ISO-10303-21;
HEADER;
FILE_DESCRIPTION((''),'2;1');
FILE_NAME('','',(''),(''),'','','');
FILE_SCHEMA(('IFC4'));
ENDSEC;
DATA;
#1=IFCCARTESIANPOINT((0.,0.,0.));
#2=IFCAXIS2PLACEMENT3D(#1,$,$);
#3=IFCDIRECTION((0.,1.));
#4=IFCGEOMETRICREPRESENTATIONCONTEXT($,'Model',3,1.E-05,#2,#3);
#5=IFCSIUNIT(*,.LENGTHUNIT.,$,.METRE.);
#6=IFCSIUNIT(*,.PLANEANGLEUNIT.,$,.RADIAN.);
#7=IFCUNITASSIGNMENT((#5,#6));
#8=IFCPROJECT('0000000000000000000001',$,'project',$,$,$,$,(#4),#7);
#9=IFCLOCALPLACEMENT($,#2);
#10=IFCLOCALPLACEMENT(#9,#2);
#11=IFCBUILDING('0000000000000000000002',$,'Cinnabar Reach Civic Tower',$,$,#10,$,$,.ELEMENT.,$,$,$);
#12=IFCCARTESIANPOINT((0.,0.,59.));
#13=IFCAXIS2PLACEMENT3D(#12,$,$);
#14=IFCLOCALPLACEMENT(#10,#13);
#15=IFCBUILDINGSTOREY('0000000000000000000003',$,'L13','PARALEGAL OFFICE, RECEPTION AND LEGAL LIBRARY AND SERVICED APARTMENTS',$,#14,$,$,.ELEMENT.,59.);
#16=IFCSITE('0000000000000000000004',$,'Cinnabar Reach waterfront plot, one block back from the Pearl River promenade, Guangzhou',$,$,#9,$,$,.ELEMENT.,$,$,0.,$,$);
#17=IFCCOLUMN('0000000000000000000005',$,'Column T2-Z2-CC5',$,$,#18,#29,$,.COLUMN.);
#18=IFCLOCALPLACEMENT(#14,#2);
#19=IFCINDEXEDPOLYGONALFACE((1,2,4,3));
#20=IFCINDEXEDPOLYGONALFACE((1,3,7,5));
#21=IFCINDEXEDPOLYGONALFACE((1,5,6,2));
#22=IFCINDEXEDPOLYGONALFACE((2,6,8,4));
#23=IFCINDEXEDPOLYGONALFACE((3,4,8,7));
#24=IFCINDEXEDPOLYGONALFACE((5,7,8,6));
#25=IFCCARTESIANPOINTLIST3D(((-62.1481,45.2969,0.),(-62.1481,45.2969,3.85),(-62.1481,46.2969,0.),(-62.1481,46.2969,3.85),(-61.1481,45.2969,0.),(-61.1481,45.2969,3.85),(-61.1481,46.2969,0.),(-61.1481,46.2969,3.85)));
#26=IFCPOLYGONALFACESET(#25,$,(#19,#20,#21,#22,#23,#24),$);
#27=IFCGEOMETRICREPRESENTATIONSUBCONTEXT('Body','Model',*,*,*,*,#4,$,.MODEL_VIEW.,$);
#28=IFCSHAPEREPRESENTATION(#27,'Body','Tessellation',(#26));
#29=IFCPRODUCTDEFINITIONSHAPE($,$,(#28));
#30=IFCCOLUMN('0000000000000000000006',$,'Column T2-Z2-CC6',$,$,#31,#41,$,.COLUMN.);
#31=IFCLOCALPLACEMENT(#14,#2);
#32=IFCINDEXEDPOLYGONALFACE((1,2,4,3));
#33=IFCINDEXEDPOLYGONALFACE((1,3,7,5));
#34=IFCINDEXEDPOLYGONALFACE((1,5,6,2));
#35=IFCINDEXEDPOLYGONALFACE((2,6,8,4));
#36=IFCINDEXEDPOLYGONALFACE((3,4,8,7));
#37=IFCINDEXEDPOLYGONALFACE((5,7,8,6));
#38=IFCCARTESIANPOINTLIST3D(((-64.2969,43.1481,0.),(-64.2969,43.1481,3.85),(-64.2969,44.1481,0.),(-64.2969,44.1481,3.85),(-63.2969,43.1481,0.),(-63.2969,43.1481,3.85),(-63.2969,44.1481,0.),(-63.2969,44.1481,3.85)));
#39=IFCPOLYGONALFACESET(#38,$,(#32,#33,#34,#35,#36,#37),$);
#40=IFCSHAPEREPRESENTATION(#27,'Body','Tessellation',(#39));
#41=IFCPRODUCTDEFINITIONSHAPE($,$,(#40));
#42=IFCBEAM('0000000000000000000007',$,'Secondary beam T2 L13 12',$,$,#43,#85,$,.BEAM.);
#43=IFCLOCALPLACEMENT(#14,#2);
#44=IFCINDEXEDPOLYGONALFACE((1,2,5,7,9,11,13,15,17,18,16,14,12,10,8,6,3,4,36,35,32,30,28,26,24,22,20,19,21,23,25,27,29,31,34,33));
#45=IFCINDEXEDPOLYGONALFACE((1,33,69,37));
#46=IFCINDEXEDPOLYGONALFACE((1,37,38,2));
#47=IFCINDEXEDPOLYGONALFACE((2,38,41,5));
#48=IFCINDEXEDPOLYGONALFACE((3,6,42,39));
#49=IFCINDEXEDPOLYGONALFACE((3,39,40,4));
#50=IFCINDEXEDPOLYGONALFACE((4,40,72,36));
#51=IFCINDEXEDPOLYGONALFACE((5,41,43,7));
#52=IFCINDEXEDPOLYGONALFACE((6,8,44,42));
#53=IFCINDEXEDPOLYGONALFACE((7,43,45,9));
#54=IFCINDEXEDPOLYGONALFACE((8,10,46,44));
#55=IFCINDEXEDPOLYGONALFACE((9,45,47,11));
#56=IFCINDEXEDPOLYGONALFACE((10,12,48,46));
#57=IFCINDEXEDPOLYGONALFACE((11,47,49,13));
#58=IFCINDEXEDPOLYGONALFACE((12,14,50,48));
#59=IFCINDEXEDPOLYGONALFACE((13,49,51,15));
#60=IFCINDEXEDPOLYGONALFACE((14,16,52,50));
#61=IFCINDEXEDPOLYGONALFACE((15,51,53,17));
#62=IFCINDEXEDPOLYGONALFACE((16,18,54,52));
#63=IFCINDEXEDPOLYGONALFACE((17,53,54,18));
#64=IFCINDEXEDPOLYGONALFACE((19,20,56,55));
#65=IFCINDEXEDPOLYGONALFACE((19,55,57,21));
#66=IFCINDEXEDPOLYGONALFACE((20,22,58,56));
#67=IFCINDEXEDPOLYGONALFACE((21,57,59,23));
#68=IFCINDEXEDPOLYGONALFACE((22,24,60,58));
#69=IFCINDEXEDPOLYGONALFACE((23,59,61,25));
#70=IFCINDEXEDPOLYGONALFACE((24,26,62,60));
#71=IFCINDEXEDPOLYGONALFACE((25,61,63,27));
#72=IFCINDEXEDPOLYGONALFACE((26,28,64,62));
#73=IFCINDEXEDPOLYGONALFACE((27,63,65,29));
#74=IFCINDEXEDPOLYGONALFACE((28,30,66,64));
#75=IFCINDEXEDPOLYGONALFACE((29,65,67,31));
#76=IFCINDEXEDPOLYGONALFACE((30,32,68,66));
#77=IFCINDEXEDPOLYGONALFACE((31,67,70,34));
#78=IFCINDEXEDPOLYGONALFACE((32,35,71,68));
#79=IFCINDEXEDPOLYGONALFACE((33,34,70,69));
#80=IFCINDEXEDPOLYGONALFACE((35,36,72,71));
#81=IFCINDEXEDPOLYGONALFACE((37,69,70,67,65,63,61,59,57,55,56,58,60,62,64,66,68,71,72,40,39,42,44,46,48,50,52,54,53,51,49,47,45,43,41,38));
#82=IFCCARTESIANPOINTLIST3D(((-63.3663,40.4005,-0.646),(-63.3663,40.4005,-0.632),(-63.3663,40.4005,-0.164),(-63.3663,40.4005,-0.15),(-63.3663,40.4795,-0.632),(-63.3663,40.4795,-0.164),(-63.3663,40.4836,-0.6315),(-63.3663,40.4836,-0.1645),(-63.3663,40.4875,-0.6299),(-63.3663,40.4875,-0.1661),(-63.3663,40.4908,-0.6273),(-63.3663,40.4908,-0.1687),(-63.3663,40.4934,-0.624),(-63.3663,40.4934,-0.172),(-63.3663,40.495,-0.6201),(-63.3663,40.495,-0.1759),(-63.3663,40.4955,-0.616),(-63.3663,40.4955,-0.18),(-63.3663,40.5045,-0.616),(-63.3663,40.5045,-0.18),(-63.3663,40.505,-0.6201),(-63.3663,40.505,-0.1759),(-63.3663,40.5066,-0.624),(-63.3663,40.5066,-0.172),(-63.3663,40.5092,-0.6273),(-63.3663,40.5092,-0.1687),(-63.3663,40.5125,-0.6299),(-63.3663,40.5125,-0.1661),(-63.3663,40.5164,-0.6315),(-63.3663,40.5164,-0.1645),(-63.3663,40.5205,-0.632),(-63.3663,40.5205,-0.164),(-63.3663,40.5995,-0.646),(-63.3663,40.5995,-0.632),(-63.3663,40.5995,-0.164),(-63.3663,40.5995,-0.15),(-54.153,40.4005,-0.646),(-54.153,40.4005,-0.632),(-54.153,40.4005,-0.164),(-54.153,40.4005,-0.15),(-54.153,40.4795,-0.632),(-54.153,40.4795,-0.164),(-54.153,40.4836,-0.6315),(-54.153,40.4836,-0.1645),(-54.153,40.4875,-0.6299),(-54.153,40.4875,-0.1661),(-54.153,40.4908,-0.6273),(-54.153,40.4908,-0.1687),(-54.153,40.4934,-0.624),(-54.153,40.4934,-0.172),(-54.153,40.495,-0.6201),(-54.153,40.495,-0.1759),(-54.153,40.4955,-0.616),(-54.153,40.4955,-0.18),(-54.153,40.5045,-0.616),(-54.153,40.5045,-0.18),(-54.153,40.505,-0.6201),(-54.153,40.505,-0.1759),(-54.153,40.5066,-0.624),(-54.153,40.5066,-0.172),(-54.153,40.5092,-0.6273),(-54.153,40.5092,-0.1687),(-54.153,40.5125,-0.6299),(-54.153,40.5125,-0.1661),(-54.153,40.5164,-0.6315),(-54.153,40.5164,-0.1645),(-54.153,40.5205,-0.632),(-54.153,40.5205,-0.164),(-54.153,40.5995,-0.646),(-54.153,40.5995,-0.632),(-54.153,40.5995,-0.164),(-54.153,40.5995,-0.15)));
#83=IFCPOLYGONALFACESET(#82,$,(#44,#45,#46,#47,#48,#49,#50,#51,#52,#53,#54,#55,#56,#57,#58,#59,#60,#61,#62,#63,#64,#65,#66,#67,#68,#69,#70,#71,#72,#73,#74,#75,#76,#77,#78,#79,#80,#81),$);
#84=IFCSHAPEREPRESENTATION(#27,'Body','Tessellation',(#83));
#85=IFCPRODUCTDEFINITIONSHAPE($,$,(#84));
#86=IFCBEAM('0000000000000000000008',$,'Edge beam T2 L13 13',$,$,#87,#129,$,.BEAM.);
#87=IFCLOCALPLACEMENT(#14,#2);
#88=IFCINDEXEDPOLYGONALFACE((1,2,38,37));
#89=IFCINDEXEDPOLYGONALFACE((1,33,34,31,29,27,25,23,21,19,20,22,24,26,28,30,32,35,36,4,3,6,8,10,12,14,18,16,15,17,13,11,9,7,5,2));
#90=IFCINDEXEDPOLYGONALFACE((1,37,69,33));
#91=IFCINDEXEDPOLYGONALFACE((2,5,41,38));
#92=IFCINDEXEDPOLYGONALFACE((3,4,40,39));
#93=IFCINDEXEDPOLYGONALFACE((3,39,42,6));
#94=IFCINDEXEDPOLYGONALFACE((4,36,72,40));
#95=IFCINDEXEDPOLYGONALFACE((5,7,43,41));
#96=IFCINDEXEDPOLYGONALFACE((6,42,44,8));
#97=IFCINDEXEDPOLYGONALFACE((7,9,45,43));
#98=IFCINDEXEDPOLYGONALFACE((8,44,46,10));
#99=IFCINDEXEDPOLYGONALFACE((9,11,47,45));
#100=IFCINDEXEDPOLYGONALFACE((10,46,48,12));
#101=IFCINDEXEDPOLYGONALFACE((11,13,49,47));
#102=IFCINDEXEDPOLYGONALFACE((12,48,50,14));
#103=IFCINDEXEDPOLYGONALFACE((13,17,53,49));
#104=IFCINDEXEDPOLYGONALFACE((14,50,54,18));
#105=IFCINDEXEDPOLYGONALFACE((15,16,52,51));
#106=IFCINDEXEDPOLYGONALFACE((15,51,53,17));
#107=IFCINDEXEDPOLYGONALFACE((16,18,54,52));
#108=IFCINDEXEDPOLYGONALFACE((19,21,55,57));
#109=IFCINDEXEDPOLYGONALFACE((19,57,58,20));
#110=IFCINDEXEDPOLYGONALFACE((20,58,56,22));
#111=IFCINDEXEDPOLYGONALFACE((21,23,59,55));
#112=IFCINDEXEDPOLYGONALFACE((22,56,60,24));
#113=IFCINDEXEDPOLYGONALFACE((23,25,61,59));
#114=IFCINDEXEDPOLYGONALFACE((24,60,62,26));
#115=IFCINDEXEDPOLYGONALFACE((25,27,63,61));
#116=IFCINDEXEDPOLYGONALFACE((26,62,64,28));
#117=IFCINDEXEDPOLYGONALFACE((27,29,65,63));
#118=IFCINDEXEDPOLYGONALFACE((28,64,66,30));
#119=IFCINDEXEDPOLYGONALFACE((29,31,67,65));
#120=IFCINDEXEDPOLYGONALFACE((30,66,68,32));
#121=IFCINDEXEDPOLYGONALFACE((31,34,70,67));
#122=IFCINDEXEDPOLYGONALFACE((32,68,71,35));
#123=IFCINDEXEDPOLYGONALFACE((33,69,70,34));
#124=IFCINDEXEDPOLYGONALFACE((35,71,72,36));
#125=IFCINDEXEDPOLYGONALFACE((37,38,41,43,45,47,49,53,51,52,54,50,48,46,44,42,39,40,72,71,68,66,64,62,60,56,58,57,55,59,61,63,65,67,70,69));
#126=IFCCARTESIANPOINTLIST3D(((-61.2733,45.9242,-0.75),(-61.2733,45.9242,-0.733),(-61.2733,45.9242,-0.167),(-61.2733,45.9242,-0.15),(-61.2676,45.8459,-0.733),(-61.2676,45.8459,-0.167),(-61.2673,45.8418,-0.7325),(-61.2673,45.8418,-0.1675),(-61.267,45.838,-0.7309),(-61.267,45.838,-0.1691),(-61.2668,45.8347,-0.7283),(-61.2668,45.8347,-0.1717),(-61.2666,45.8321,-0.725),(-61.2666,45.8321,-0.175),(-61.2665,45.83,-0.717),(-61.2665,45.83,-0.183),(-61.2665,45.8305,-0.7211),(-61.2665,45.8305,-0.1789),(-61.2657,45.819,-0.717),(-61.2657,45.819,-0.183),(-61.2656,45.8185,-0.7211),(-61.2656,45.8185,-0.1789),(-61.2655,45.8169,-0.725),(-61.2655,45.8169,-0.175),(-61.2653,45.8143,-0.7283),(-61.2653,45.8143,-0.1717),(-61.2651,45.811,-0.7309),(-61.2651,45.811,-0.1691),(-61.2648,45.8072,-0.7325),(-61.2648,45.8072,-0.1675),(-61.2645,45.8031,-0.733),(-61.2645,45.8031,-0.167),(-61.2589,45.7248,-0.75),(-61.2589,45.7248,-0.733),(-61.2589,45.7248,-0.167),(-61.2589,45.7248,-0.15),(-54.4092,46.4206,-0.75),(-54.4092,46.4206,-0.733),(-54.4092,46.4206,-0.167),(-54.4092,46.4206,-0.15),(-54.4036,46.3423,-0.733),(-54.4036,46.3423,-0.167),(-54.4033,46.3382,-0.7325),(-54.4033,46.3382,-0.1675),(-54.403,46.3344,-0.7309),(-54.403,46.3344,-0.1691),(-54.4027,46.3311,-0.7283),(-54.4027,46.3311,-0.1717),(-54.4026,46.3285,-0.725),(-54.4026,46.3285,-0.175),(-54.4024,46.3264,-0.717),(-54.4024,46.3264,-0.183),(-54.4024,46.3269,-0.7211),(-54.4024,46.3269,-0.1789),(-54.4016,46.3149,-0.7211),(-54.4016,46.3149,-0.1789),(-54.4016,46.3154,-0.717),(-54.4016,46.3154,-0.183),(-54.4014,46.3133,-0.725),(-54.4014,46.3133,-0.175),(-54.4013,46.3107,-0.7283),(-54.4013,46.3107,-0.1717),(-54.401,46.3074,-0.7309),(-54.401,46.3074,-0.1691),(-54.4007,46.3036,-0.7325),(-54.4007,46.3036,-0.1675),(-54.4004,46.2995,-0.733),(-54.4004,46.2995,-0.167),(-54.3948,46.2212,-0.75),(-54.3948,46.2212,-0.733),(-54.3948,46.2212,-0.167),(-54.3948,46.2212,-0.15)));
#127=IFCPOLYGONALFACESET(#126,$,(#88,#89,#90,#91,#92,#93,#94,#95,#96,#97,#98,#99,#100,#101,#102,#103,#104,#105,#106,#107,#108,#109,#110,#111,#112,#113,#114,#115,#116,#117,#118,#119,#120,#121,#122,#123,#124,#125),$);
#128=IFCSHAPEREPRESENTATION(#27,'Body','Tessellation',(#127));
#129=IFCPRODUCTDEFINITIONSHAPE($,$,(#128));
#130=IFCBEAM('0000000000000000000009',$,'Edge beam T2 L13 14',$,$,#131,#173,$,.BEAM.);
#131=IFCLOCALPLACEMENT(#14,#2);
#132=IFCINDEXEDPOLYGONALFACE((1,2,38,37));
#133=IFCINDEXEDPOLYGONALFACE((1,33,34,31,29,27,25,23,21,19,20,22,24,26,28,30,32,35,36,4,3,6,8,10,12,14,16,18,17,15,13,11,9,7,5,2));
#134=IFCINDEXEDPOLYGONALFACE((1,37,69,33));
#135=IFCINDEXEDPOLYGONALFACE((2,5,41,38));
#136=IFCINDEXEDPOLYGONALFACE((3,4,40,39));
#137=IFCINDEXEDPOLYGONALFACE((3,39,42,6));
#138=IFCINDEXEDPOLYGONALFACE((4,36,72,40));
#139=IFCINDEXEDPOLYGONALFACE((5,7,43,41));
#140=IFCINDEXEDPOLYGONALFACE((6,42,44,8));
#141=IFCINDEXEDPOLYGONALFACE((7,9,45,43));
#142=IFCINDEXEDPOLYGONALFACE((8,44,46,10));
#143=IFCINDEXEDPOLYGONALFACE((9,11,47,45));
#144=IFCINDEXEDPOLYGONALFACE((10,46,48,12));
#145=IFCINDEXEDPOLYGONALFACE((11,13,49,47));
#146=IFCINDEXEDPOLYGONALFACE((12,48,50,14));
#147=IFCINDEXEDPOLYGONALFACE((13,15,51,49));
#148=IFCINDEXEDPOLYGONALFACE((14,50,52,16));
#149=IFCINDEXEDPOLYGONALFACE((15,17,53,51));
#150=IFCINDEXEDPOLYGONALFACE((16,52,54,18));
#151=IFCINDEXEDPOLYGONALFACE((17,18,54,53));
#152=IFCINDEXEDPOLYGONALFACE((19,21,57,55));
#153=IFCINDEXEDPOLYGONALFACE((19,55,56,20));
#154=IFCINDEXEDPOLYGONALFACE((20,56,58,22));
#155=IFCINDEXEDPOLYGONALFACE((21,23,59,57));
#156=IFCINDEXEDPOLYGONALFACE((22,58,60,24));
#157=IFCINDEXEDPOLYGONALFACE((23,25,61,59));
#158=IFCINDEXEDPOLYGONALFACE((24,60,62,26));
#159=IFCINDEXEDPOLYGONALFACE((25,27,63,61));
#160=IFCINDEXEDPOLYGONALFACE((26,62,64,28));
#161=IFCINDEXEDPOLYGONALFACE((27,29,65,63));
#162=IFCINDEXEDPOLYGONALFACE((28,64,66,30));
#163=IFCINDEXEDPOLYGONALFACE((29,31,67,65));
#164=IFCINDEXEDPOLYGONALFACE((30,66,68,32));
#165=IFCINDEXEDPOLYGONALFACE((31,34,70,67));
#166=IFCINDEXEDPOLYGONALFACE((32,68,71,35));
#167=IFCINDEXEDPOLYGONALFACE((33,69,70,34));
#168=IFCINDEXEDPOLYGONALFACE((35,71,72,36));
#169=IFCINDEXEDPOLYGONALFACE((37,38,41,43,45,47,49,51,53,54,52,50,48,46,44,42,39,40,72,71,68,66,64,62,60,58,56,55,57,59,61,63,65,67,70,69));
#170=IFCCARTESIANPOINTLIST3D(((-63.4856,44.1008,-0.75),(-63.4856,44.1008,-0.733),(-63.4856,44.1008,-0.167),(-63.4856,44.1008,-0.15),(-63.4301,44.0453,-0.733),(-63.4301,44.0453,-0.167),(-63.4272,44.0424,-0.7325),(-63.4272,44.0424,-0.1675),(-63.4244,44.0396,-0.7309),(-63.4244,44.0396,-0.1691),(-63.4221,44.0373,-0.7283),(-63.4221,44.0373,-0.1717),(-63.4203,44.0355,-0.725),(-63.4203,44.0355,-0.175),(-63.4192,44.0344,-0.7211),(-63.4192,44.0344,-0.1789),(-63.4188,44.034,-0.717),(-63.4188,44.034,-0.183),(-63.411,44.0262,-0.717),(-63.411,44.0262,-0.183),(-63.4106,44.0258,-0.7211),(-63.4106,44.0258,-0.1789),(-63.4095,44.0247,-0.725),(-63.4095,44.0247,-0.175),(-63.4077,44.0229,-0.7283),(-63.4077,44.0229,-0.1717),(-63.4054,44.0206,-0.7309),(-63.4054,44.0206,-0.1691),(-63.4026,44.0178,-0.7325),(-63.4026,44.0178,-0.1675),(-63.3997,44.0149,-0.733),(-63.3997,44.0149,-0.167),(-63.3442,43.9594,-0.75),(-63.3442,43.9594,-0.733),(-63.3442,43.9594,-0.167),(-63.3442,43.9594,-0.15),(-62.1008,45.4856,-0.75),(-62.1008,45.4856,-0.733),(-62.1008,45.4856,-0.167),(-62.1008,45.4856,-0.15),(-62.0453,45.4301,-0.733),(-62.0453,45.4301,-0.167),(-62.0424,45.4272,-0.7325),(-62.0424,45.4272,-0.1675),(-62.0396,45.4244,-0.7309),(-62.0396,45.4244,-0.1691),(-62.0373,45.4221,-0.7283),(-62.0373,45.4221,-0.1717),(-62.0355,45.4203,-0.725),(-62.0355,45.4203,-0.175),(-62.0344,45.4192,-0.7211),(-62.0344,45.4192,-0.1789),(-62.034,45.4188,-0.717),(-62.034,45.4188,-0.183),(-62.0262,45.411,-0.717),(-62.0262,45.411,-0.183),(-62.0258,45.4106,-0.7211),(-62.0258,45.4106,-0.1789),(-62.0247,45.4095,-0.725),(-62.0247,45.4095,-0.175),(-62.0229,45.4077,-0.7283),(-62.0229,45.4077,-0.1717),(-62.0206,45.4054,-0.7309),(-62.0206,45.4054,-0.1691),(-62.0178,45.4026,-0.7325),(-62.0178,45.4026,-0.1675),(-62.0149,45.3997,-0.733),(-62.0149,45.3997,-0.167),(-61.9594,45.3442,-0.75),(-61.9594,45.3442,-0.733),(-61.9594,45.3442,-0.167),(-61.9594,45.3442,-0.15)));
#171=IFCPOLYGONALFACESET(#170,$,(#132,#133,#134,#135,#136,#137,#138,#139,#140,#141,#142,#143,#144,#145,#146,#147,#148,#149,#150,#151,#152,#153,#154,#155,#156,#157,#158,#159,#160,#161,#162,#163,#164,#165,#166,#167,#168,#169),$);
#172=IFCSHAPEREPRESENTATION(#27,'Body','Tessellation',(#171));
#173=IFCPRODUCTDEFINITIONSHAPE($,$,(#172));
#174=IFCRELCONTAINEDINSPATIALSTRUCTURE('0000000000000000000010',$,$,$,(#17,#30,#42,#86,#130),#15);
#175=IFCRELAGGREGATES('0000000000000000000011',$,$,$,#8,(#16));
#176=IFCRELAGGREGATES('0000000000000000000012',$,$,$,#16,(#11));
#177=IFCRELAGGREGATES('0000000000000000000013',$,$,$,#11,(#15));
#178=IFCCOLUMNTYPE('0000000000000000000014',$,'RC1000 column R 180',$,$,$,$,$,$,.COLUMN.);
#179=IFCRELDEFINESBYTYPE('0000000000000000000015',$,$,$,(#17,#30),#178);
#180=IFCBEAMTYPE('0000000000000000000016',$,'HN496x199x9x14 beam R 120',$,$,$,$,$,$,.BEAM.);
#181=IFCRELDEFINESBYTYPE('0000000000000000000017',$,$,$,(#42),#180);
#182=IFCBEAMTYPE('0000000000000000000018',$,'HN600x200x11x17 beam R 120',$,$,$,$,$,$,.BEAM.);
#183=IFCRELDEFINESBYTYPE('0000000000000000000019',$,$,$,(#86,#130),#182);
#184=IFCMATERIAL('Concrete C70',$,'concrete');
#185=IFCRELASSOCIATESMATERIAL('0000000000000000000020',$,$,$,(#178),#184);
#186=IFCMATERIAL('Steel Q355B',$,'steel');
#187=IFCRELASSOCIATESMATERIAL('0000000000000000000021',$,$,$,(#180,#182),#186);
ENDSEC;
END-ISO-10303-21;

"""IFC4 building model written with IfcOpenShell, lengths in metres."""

from ifc_helpers import new_model, si_unit, direction, frame, origin, origin_2d, place, context, subcontext, project, spatial, rectangle, i_section, extrude, material, material_profile, profile_set, type_object, element, save


model = new_model("IFC4")

# Units and contexts
model_context = context("Model", 3, precision=1e-05, world=origin(), true_north=direction((0.0, 1.0)))
body_context = subcontext(model_context, "Body", "Model", "MODEL_VIEW")
ifc_project = project(units=[si_unit("LENGTHUNIT", "METRE"), si_unit("PLANEANGLEUNIT", "RADIAN")], contexts=[model_context])

# Site, building, storey
site_placement = place(None, origin())
site = spatial("IfcSite", under=ifc_project, at=site_placement, Name="Cinnabar Reach waterfront plot, one block back from the Pearl River promenade, Guangzhou", CompositionType="ELEMENT", RefElevation=0.0)
building_placement = place(site_placement, origin())
building = spatial("IfcBuilding", under=site, at=building_placement, Name="Cinnabar Reach Civic Tower", CompositionType="ELEMENT")
storey_placement = place(building_placement, frame((0.0, 0.0, 59.0)))
storey = spatial("IfcBuildingStorey", under=building, at=storey_placement, Name="L13", Description="PARALEGAL OFFICE, RECEPTION AND LEGAL LIBRARY AND SERVICED APARTMENTS", CompositionType="ELEMENT", Elevation=59.0)

# Columns
ifc_material_1 = material(Name="Concrete C70", Category="concrete")
ifc_material_profile_1 = material_profile(ifc_material_1, rectangle(XDim=1.0, YDim=1.0, at=origin_2d()), Name="RC1000")
ifc_profile_set_1 = profile_set([ifc_material_profile_1], Name="Concrete C70")
column_type = type_object("IfcColumnType", Name="RC1000 column R 180", PredefinedType="COLUMN", material=ifc_profile_set_1)
for number, where, z_axis, x_axis, name in (
    (1, (-61.6481, 45.7969, 0.0), (0.0, 0.0, 1.0), (1.0, 0.0, 0.0), "Column T2-Z2-CC5"),
    (2, (-63.7969, 43.6481, 0.0), (0.0, 0.0, 1.0), (1.0, 0.0, 0.0), "Column T2-Z2-CC6"),
):
    element("IfcColumn", number, at=place(storey_placement, frame(where, z_axis=z_axis, x_axis=x_axis)), inside=storey, type_object=column_type, Name=name, PredefinedType="COLUMN", context=body_context, shape_type="SweptSolid", body=[
        extrude(rectangle(XDim=1.0, YDim=1.0, at=origin_2d()), origin(), (0.0, 0.0, 1.0), 3.85),
    ])

# Beams
ifc_material_2 = material(Name="Steel Q355B", Category="steel")
ifc_material_profile_2 = material_profile(ifc_material_2, i_section(OverallWidth=0.199, OverallDepth=0.496, WebThickness=0.009, FlangeThickness=0.014, FilletRadius=0.016, at=origin_2d()), Name="HN496x199x9x14")
ifc_profile_set_2 = profile_set([ifc_material_profile_2], Name="Steel Q355B")
beam_type_1 = type_object("IfcBeamType", Name="HN496x199x9x14 beam R 120", PredefinedType="BEAM", material=ifc_profile_set_2)
beam_1_placement = place(storey_placement, frame((-63.3663, 40.5, -0.398), z_axis=(1.0, 0.0, 0.0), x_axis=(0.0, 1.0, 0.0)))
element("IfcBeam", 3, at=beam_1_placement, inside=storey, type_object=beam_type_1, Name="Secondary beam T2 L13 12", PredefinedType="BEAM", context=body_context, shape_type="SweptSolid", body=[
    extrude(i_section(OverallWidth=0.199, OverallDepth=0.496, WebThickness=0.009, FlangeThickness=0.014, FilletRadius=0.016, at=origin_2d()), origin(), (0.0, 0.0, 1.0), 9.2133),
])
ifc_material_profile_3 = material_profile(ifc_material_2, i_section(OverallWidth=0.2, OverallDepth=0.6, WebThickness=0.011, FlangeThickness=0.017, FilletRadius=0.016, at=origin_2d()), Name="HN600x200x11x17")
ifc_profile_set_3 = profile_set([ifc_material_profile_3], Name="Steel Q355B")
beam_type_2 = type_object("IfcBeamType", Name="HN600x200x11x17 beam R 120", PredefinedType="BEAM", material=ifc_profile_set_3)
beam_2_placement = place(storey_placement, frame((-54.402, 46.3209, -0.45), z_axis=(-0.997395, -0.07213, 0.0), x_axis=(0.07213, -0.997395, 0.0)))
element("IfcBeam", 4, at=beam_2_placement, inside=storey, type_object=beam_type_2, Name="Edge beam T2 L13 13", PredefinedType="BEAM", context=body_context, shape_type="SweptSolid", body=[
    extrude(i_section(OverallWidth=0.2, OverallDepth=0.6, WebThickness=0.011, FlangeThickness=0.017, FilletRadius=0.016, at=origin_2d()), origin(), (0.0, 0.0, 1.0), 6.882),
])
beam_3_placement = place(storey_placement, frame((-62.0301, 45.4149, -0.45), z_axis=(-0.707107, -0.707107, 0.0), x_axis=(0.707107, -0.707107, 0.0)))
element("IfcBeam", 5, at=beam_3_placement, inside=storey, type_object=beam_type_2, Name="Edge beam T2 L13 14", PredefinedType="BEAM", context=body_context, shape_type="SweptSolid", body=[
    extrude(i_section(OverallWidth=0.2, OverallDepth=0.6, WebThickness=0.011, FlangeThickness=0.017, FilletRadius=0.016, at=origin_2d()), origin(), (0.0, 0.0, 1.0), 1.9584),
])

save(model, "model.ifc")
